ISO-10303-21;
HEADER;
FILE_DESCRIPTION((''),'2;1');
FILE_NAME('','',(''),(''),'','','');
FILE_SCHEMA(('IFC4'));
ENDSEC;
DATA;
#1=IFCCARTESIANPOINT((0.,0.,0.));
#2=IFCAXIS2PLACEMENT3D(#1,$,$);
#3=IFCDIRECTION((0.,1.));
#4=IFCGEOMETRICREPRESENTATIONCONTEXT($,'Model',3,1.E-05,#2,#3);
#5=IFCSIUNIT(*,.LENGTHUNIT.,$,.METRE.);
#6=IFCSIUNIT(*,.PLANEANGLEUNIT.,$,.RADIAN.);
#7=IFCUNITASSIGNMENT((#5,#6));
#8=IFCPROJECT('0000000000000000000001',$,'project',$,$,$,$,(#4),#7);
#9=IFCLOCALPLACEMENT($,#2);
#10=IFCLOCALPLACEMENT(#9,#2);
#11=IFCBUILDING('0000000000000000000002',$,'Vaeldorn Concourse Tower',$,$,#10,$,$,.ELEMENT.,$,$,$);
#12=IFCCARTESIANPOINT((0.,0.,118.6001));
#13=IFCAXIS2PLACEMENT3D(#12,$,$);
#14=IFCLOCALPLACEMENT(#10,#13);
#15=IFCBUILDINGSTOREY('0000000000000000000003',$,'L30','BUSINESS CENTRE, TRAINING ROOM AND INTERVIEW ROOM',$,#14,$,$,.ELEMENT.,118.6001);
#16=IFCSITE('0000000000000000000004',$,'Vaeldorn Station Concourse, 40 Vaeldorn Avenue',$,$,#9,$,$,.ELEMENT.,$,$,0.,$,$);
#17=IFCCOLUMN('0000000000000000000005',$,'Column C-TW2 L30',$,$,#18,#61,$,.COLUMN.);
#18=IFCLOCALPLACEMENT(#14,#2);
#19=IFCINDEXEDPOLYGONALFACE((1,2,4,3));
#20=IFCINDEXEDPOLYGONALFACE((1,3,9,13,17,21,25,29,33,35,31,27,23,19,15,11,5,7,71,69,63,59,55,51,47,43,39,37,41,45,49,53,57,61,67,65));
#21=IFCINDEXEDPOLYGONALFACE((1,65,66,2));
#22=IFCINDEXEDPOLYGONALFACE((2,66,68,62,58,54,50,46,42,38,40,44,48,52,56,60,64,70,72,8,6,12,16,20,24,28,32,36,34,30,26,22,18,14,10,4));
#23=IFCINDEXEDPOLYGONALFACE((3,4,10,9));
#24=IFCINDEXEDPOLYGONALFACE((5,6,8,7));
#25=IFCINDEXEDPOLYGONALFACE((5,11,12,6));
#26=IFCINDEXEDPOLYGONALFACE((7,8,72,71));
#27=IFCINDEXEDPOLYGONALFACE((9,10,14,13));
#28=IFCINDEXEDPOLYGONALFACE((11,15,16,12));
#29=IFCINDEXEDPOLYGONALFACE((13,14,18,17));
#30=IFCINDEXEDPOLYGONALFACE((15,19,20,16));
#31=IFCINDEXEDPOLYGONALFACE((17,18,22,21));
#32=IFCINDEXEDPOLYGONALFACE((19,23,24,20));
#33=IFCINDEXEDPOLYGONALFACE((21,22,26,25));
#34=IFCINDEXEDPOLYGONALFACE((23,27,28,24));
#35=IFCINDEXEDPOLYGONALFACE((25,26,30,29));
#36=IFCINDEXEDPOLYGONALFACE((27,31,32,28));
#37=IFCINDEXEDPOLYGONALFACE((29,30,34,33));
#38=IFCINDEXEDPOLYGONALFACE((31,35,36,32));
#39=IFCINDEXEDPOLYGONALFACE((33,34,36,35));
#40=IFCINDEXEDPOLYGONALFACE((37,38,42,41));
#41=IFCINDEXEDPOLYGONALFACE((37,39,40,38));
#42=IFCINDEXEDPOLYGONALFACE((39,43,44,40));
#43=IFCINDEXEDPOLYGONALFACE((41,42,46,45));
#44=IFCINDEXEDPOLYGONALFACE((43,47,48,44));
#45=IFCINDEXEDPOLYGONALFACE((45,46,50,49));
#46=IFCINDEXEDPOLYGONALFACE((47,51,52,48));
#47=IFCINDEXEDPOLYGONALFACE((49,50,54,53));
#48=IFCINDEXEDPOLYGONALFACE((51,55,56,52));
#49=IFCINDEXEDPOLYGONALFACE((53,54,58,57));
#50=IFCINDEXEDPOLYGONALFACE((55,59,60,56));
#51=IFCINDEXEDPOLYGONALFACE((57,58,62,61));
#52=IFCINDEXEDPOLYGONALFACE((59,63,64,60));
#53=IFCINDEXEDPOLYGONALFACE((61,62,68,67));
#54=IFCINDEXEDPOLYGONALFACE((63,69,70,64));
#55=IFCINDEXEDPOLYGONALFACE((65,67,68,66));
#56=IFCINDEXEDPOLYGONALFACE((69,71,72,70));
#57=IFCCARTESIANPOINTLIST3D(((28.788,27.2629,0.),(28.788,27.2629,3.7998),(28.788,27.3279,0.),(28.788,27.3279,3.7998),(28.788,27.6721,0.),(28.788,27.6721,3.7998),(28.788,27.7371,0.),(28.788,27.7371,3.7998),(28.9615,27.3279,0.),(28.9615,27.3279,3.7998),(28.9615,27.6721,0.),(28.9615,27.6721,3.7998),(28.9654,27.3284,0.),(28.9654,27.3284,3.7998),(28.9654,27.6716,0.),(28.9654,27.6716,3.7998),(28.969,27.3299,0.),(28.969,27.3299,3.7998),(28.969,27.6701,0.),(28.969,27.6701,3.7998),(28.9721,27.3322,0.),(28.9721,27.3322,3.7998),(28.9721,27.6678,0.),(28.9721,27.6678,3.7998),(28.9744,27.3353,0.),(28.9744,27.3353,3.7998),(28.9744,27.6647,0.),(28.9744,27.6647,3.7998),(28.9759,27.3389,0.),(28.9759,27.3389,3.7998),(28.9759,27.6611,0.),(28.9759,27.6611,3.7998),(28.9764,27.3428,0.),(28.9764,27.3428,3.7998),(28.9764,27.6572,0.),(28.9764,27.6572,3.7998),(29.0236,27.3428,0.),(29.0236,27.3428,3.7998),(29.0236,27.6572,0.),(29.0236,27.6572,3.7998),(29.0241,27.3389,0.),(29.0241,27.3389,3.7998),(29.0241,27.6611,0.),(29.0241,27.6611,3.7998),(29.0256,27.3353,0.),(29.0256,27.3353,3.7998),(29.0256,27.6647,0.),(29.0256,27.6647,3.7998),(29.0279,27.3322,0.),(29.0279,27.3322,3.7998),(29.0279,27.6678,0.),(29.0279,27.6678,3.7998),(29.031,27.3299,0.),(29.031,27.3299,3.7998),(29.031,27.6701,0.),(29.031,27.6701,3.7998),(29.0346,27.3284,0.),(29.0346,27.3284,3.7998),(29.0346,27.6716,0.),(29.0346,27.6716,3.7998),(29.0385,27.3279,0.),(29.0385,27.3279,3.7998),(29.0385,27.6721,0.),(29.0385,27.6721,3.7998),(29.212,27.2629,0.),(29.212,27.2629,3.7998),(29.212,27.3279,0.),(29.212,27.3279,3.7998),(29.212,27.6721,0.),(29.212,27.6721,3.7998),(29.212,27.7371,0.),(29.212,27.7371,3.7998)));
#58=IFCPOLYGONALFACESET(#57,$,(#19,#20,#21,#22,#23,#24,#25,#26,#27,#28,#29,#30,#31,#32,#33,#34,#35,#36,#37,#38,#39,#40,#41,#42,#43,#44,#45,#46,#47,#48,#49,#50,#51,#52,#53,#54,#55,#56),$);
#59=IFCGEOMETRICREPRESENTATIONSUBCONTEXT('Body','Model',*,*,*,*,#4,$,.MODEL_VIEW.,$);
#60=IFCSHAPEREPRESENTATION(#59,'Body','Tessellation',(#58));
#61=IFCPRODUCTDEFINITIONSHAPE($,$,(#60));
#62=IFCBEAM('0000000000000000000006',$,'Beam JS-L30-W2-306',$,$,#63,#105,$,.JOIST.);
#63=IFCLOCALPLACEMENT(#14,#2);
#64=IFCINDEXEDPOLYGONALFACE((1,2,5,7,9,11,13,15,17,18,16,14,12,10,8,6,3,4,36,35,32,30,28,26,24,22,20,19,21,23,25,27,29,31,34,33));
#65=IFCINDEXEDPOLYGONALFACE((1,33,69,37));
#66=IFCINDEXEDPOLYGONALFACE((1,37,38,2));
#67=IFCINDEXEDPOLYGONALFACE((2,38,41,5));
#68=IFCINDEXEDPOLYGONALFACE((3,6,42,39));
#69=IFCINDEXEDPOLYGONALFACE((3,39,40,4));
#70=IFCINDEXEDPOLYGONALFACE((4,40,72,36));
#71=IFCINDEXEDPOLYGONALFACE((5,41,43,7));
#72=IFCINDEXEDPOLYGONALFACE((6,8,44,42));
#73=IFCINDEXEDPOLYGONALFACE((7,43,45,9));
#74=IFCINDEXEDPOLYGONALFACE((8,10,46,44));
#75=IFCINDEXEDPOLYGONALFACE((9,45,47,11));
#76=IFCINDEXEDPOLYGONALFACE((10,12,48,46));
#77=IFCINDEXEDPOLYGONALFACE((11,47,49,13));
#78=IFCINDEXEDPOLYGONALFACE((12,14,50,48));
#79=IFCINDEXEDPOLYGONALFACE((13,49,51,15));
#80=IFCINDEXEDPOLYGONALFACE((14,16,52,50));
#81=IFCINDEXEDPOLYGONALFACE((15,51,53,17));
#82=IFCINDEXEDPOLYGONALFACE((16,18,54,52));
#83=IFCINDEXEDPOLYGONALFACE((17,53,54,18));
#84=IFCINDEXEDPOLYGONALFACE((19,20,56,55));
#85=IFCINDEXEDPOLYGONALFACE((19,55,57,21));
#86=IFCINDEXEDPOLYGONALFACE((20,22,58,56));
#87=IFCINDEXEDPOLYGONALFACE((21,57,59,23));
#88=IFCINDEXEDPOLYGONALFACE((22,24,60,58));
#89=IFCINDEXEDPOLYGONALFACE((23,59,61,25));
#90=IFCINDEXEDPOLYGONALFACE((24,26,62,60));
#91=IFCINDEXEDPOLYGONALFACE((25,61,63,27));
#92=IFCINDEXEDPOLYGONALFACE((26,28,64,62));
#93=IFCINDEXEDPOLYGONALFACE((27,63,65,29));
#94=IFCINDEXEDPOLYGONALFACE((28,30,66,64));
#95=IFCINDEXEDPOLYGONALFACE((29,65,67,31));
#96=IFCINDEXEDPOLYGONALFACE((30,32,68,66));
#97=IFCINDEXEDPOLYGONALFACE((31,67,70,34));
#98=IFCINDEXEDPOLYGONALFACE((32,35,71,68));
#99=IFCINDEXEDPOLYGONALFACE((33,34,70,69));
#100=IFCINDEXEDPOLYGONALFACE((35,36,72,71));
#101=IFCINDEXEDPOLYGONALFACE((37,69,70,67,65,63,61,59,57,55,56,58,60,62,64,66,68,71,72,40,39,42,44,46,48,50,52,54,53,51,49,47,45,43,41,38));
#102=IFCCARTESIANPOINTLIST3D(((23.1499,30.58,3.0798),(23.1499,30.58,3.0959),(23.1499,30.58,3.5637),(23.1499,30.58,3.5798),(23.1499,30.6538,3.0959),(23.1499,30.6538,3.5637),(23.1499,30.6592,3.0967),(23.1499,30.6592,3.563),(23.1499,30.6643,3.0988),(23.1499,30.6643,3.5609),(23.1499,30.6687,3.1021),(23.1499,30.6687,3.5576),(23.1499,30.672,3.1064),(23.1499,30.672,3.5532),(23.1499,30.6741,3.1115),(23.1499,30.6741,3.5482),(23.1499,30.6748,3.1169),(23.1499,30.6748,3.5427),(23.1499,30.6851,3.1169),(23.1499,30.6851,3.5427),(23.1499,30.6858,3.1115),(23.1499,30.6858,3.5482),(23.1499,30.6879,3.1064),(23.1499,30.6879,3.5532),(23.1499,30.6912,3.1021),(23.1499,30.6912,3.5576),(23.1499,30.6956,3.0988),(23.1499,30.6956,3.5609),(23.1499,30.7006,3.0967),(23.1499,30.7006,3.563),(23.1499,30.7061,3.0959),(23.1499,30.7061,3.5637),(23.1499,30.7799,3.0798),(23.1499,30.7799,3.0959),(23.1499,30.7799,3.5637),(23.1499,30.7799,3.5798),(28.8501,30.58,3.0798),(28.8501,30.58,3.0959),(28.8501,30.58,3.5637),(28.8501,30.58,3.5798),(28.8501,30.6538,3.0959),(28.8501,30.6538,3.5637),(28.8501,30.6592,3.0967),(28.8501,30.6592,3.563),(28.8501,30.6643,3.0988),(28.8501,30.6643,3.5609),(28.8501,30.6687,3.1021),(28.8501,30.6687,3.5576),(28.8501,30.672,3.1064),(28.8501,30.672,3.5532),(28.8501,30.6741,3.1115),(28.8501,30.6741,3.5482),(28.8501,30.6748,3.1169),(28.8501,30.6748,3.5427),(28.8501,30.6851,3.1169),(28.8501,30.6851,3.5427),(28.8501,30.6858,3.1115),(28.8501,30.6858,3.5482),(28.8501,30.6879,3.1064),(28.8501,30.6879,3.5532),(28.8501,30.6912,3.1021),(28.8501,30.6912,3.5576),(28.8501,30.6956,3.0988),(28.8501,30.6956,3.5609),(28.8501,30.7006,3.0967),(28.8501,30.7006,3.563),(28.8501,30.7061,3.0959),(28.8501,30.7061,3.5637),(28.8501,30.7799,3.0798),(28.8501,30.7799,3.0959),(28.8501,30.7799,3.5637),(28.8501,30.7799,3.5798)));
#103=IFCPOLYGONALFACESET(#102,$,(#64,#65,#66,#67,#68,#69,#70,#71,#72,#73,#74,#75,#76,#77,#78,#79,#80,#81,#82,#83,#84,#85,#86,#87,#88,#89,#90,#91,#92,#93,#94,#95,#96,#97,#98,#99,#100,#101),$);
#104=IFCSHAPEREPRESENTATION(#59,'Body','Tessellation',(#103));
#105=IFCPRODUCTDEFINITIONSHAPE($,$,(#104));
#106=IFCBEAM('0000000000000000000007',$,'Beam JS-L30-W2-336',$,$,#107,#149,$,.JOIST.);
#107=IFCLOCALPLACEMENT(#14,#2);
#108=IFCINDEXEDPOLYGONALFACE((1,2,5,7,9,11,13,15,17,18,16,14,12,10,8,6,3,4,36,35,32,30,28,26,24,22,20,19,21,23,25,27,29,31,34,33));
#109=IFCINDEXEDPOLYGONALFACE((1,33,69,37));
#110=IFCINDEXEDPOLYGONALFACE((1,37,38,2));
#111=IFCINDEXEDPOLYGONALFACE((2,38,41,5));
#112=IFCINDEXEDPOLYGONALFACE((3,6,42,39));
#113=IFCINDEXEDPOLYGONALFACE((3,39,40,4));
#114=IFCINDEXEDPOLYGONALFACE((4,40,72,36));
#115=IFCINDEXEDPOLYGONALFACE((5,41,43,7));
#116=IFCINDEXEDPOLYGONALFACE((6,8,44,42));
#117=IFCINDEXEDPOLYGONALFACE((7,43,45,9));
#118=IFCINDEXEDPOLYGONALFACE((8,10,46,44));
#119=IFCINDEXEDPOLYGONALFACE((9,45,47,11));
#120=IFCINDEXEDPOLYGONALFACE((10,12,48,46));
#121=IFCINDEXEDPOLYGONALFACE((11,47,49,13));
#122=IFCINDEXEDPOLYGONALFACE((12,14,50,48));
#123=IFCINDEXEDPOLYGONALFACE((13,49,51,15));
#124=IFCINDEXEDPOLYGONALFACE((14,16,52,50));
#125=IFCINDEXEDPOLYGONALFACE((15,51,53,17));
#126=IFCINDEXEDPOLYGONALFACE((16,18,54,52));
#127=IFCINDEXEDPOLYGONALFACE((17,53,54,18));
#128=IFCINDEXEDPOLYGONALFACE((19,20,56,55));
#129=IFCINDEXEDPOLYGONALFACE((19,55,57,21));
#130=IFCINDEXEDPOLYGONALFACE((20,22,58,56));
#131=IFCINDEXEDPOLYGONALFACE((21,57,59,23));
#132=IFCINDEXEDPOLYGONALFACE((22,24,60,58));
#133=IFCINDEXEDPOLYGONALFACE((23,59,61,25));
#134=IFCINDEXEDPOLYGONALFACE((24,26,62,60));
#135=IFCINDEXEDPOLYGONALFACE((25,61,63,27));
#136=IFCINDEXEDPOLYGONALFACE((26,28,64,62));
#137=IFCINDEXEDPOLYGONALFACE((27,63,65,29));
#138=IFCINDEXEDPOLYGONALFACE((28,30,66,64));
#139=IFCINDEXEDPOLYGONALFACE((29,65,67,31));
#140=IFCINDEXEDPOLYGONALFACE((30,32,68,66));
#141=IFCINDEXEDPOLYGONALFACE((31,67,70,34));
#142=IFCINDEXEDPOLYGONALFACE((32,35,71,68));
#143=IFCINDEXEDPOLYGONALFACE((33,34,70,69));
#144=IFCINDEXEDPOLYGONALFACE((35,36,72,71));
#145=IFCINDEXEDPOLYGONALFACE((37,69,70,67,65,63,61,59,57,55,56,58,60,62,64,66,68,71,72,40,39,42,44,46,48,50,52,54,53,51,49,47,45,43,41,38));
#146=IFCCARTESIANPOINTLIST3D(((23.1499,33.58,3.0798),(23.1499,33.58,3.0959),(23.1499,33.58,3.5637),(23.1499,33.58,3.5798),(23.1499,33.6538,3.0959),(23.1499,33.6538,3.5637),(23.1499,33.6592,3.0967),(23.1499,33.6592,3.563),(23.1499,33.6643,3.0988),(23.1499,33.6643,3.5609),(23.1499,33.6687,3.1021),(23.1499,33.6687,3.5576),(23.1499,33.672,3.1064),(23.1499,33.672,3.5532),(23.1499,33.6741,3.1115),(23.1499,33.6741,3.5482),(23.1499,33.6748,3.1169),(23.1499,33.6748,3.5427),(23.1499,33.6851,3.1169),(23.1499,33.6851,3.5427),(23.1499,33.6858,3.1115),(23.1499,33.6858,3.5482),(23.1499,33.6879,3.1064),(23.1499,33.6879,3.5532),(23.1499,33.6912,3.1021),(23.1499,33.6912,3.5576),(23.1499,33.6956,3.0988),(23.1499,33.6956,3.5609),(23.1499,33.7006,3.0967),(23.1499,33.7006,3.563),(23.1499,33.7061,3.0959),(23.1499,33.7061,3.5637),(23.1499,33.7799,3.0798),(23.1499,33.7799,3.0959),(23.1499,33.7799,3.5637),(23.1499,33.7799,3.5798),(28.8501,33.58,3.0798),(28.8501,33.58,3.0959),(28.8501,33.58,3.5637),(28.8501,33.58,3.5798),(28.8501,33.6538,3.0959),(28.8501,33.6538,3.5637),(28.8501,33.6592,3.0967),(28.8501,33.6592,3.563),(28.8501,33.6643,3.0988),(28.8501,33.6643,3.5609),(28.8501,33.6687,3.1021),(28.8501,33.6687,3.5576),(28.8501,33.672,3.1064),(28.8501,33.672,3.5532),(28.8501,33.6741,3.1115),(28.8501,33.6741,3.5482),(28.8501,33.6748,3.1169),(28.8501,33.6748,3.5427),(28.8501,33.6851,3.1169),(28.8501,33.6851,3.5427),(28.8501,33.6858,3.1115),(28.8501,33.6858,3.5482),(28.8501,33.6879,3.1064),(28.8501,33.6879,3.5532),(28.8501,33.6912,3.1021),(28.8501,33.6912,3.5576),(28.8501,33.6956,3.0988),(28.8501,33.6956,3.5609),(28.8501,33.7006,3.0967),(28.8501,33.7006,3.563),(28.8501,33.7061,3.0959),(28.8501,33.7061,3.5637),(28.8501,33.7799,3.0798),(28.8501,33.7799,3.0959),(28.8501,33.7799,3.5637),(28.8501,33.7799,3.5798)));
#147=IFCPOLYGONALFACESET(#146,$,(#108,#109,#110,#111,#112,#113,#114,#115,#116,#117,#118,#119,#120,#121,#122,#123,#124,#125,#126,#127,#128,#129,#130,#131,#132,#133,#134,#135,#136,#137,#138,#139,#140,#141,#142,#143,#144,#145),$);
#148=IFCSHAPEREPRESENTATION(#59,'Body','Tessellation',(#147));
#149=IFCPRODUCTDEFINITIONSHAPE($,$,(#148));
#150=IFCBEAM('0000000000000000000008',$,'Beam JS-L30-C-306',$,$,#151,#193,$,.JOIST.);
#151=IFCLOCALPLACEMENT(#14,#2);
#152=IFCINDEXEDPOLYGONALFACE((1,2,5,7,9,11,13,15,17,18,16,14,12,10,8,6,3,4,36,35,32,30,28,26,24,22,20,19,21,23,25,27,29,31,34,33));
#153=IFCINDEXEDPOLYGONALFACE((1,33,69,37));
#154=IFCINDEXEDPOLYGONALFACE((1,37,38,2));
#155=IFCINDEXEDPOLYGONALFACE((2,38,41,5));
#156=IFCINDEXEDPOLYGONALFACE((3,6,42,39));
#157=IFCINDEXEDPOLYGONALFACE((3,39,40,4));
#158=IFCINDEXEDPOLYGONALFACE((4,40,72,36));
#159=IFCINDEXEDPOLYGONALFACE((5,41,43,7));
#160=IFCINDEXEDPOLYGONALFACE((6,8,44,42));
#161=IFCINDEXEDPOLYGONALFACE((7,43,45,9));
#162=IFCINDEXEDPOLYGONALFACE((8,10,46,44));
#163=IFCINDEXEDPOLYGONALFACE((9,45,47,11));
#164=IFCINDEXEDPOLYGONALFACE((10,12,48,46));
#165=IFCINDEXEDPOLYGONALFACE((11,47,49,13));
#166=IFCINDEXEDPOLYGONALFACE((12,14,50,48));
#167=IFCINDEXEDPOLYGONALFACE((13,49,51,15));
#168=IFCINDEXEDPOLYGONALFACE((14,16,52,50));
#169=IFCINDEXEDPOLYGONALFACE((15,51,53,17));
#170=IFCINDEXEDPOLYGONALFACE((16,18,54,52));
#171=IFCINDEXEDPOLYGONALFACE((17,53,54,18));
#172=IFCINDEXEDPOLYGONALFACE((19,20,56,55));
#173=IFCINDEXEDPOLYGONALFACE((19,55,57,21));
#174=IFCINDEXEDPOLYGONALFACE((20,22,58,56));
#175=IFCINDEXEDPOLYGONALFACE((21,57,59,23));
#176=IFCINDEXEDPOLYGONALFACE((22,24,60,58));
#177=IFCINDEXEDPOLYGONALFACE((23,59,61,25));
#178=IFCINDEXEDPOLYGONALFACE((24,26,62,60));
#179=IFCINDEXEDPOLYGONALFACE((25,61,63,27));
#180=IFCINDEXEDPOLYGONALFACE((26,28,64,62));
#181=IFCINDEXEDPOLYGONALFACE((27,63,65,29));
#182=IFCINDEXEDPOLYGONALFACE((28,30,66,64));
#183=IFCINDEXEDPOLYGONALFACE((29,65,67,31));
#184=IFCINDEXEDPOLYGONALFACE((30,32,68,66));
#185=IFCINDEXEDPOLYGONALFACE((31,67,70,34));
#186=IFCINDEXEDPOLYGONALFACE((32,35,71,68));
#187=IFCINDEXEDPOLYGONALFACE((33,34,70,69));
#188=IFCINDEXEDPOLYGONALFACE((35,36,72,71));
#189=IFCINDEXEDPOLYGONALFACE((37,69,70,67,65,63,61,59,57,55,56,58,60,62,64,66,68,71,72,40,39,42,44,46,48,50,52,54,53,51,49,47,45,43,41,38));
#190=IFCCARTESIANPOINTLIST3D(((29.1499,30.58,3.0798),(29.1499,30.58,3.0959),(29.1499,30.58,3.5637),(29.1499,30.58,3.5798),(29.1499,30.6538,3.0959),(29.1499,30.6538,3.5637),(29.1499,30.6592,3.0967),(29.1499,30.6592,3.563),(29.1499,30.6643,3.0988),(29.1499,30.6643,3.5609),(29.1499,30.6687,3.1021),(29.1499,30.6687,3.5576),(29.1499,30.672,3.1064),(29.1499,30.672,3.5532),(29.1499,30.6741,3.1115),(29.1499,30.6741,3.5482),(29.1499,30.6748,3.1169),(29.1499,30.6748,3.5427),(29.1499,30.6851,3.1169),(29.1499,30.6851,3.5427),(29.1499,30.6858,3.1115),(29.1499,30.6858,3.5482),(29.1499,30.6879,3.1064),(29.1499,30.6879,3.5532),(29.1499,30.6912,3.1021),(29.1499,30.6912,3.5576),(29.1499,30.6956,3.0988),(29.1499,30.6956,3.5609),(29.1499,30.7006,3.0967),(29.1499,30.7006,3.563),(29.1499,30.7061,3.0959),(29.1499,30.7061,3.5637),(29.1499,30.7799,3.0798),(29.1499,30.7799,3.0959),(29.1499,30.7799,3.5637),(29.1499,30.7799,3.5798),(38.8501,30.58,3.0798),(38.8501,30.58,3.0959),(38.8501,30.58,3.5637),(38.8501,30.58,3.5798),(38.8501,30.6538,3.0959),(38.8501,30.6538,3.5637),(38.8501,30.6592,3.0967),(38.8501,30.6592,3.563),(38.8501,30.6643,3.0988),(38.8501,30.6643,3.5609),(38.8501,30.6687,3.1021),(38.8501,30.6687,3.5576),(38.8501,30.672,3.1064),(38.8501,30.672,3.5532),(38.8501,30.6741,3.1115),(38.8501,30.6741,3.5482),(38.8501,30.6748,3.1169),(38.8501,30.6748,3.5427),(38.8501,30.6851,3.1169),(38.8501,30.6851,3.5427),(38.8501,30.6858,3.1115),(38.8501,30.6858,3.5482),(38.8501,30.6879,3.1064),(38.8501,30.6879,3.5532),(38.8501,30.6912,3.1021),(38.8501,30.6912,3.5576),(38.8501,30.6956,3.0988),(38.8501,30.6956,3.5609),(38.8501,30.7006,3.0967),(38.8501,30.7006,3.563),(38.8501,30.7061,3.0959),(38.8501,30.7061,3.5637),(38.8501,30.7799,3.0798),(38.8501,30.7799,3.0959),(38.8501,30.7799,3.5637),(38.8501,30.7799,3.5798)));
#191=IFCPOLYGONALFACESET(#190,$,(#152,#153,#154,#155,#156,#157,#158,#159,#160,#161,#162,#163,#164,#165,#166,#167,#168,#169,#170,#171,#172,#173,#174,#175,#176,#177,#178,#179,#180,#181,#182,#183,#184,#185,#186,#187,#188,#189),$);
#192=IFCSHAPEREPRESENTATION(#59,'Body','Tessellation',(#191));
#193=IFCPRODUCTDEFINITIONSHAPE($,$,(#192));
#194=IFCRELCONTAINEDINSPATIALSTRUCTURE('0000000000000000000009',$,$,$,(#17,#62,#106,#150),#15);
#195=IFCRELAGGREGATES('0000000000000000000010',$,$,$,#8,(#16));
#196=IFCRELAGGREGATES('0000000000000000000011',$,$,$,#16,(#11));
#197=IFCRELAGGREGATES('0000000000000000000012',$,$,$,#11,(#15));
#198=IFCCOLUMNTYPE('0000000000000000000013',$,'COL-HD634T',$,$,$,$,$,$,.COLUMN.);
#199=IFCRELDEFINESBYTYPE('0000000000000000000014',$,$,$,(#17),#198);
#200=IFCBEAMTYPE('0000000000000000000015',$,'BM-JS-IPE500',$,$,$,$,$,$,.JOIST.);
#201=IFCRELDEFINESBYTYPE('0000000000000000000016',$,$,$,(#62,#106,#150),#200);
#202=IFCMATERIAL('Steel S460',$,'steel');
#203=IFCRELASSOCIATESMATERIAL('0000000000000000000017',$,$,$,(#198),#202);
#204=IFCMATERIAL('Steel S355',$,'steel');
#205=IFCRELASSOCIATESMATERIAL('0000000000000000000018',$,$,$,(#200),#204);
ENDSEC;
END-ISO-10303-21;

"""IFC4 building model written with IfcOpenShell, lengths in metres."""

from ifc_helpers import new_model, si_unit, direction, frame, origin, origin_2d, place, context, subcontext, project, spatial, i_section, extrude, source, transform, mapped, material, material_profile, profile_set, type_object, element, save


model = new_model("IFC4")

# Units and contexts
model_context = context("Model", 3, precision=1e-05, world=origin(), true_north=direction((0.0, 1.0)))
body_context = subcontext(model_context, "Body", "Model", "MODEL_VIEW")
ifc_project = project(units=[si_unit("LENGTHUNIT", "METRE"), si_unit("PLANEANGLEUNIT", "RADIAN")], contexts=[model_context])

# Site, building, storey
site_placement = place(None, origin())
site = spatial("IfcSite", under=ifc_project, at=site_placement, Name="Vaeldorn Station Concourse, 40 Vaeldorn Avenue", CompositionType="ELEMENT", RefElevation=0.0)
building_placement = place(site_placement, origin())
building = spatial("IfcBuilding", under=site, at=building_placement, Name="Vaeldorn Concourse Tower", CompositionType="ELEMENT")
storey_placement = place(building_placement, frame((0.0, 0.0, 118.6001)))
storey = spatial("IfcBuildingStorey", under=building, at=storey_placement, Name="L30", Description="BUSINESS CENTRE, TRAINING ROOM AND INTERVIEW ROOM", CompositionType="ELEMENT", Elevation=118.6001)

# Column
ifc_material_1 = material(Name="Steel S460", Category="steel")
ifc_material_profile_1 = material_profile(ifc_material_1, i_section(OverallWidth=0.4241, OverallDepth=0.4741, WebThickness=0.0471, FlangeThickness=0.0649, FilletRadius=0.0149, at=origin_2d()), Name="HD 400x634")
ifc_profile_set_1 = profile_set([ifc_material_profile_1], Name="Steel S460")
column_type_1 = type_object("IfcColumnType", Name="COL-HD634T", PredefinedType="COLUMN", material=ifc_profile_set_1)
shared_shape_1 = source(origin(), body_context, "Body", "SweptSolid", [
    extrude(i_section(OverallWidth=0.4241, OverallDepth=0.4741, WebThickness=0.0471, FlangeThickness=0.0649, FilletRadius=0.0149, at=origin_2d()), origin(), (0.0, 0.0, 1.0), 3.7998),
])
column_1_placement = place(storey_placement, frame((29.0, 27.5, 0.0), z_axis=(0.0, 0.0, 1.0), x_axis=(1.0, 0.0, 0.0)))
element("IfcColumn", 1, at=column_1_placement, inside=storey, type_object=column_type_1, Name="Column C-TW2 L30", PredefinedType="COLUMN", context=body_context, shape_type="MappedRepresentation", body=[
    mapped(shared_shape_1, transform((0.0, 0.0, 0.0), scale=1.0)),
])

# Beams
ifc_material_2 = material(Name="Steel S355", Category="steel")
ifc_material_profile_2 = material_profile(ifc_material_2, i_section(OverallWidth=0.2, OverallDepth=0.5, WebThickness=0.0103, FlangeThickness=0.0161, FilletRadius=0.021, at=origin_2d()), Name="IPE 500")
ifc_profile_set_2 = profile_set([ifc_material_profile_2], Name="Steel S355")
beam_type_1 = type_object("IfcBeamType", Name="BM-JS-IPE500", PredefinedType="JOIST", material=ifc_profile_set_2)
shared_shape_2 = source(origin(), body_context, "Body", "SweptSolid", [
    extrude(i_section(OverallWidth=0.2, OverallDepth=0.5, WebThickness=0.0103, FlangeThickness=0.0161, FilletRadius=0.021, at=origin_2d()), origin(), (0.0, 0.0, 1.0), 5.7002),
])
for number, where, z_axis, x_axis, name in (
    (2, (23.1499, 30.6799, 3.3298), (1.0, 0.0, 0.0), (0.0, 1.0, 0.0), "Beam JS-L30-W2-306"),
    (3, (23.1499, 33.6799, 3.3298), (1.0, 0.0, 0.0), (0.0, 1.0, 0.0), "Beam JS-L30-W2-336"),
):
    element("IfcBeam", number, at=place(storey_placement, frame(where, z_axis=z_axis, x_axis=x_axis)), inside=storey, type_object=beam_type_1, Name=name, PredefinedType="JOIST", context=body_context, shape_type="MappedRepresentation", body=[
        mapped(shared_shape_2, transform((0.0, 0.0, 0.0), scale=1.0)),
    ])
shared_shape_3 = source(origin(), body_context, "Body", "SweptSolid", [
    extrude(i_section(OverallWidth=0.2, OverallDepth=0.5, WebThickness=0.0103, FlangeThickness=0.0161, FilletRadius=0.021, at=origin_2d()), origin(), (0.0, 0.0, 1.0), 9.7002),
])
for number, where, z_axis, x_axis, name in (
    (4, (29.1499, 30.6799, 3.3298), (1.0, 0.0, 0.0), (0.0, 1.0, 0.0), "Beam JS-L30-C-306"),
):
    element("IfcBeam", number, at=place(storey_placement, frame(where, z_axis=z_axis, x_axis=x_axis)), inside=storey, type_object=beam_type_1, Name=name, PredefinedType="JOIST", context=body_context, shape_type="MappedRepresentation", body=[
        mapped(shared_shape_3, transform((0.0, 0.0, 0.0), scale=1.0)),
    ])

save(model, "model.ifc")
